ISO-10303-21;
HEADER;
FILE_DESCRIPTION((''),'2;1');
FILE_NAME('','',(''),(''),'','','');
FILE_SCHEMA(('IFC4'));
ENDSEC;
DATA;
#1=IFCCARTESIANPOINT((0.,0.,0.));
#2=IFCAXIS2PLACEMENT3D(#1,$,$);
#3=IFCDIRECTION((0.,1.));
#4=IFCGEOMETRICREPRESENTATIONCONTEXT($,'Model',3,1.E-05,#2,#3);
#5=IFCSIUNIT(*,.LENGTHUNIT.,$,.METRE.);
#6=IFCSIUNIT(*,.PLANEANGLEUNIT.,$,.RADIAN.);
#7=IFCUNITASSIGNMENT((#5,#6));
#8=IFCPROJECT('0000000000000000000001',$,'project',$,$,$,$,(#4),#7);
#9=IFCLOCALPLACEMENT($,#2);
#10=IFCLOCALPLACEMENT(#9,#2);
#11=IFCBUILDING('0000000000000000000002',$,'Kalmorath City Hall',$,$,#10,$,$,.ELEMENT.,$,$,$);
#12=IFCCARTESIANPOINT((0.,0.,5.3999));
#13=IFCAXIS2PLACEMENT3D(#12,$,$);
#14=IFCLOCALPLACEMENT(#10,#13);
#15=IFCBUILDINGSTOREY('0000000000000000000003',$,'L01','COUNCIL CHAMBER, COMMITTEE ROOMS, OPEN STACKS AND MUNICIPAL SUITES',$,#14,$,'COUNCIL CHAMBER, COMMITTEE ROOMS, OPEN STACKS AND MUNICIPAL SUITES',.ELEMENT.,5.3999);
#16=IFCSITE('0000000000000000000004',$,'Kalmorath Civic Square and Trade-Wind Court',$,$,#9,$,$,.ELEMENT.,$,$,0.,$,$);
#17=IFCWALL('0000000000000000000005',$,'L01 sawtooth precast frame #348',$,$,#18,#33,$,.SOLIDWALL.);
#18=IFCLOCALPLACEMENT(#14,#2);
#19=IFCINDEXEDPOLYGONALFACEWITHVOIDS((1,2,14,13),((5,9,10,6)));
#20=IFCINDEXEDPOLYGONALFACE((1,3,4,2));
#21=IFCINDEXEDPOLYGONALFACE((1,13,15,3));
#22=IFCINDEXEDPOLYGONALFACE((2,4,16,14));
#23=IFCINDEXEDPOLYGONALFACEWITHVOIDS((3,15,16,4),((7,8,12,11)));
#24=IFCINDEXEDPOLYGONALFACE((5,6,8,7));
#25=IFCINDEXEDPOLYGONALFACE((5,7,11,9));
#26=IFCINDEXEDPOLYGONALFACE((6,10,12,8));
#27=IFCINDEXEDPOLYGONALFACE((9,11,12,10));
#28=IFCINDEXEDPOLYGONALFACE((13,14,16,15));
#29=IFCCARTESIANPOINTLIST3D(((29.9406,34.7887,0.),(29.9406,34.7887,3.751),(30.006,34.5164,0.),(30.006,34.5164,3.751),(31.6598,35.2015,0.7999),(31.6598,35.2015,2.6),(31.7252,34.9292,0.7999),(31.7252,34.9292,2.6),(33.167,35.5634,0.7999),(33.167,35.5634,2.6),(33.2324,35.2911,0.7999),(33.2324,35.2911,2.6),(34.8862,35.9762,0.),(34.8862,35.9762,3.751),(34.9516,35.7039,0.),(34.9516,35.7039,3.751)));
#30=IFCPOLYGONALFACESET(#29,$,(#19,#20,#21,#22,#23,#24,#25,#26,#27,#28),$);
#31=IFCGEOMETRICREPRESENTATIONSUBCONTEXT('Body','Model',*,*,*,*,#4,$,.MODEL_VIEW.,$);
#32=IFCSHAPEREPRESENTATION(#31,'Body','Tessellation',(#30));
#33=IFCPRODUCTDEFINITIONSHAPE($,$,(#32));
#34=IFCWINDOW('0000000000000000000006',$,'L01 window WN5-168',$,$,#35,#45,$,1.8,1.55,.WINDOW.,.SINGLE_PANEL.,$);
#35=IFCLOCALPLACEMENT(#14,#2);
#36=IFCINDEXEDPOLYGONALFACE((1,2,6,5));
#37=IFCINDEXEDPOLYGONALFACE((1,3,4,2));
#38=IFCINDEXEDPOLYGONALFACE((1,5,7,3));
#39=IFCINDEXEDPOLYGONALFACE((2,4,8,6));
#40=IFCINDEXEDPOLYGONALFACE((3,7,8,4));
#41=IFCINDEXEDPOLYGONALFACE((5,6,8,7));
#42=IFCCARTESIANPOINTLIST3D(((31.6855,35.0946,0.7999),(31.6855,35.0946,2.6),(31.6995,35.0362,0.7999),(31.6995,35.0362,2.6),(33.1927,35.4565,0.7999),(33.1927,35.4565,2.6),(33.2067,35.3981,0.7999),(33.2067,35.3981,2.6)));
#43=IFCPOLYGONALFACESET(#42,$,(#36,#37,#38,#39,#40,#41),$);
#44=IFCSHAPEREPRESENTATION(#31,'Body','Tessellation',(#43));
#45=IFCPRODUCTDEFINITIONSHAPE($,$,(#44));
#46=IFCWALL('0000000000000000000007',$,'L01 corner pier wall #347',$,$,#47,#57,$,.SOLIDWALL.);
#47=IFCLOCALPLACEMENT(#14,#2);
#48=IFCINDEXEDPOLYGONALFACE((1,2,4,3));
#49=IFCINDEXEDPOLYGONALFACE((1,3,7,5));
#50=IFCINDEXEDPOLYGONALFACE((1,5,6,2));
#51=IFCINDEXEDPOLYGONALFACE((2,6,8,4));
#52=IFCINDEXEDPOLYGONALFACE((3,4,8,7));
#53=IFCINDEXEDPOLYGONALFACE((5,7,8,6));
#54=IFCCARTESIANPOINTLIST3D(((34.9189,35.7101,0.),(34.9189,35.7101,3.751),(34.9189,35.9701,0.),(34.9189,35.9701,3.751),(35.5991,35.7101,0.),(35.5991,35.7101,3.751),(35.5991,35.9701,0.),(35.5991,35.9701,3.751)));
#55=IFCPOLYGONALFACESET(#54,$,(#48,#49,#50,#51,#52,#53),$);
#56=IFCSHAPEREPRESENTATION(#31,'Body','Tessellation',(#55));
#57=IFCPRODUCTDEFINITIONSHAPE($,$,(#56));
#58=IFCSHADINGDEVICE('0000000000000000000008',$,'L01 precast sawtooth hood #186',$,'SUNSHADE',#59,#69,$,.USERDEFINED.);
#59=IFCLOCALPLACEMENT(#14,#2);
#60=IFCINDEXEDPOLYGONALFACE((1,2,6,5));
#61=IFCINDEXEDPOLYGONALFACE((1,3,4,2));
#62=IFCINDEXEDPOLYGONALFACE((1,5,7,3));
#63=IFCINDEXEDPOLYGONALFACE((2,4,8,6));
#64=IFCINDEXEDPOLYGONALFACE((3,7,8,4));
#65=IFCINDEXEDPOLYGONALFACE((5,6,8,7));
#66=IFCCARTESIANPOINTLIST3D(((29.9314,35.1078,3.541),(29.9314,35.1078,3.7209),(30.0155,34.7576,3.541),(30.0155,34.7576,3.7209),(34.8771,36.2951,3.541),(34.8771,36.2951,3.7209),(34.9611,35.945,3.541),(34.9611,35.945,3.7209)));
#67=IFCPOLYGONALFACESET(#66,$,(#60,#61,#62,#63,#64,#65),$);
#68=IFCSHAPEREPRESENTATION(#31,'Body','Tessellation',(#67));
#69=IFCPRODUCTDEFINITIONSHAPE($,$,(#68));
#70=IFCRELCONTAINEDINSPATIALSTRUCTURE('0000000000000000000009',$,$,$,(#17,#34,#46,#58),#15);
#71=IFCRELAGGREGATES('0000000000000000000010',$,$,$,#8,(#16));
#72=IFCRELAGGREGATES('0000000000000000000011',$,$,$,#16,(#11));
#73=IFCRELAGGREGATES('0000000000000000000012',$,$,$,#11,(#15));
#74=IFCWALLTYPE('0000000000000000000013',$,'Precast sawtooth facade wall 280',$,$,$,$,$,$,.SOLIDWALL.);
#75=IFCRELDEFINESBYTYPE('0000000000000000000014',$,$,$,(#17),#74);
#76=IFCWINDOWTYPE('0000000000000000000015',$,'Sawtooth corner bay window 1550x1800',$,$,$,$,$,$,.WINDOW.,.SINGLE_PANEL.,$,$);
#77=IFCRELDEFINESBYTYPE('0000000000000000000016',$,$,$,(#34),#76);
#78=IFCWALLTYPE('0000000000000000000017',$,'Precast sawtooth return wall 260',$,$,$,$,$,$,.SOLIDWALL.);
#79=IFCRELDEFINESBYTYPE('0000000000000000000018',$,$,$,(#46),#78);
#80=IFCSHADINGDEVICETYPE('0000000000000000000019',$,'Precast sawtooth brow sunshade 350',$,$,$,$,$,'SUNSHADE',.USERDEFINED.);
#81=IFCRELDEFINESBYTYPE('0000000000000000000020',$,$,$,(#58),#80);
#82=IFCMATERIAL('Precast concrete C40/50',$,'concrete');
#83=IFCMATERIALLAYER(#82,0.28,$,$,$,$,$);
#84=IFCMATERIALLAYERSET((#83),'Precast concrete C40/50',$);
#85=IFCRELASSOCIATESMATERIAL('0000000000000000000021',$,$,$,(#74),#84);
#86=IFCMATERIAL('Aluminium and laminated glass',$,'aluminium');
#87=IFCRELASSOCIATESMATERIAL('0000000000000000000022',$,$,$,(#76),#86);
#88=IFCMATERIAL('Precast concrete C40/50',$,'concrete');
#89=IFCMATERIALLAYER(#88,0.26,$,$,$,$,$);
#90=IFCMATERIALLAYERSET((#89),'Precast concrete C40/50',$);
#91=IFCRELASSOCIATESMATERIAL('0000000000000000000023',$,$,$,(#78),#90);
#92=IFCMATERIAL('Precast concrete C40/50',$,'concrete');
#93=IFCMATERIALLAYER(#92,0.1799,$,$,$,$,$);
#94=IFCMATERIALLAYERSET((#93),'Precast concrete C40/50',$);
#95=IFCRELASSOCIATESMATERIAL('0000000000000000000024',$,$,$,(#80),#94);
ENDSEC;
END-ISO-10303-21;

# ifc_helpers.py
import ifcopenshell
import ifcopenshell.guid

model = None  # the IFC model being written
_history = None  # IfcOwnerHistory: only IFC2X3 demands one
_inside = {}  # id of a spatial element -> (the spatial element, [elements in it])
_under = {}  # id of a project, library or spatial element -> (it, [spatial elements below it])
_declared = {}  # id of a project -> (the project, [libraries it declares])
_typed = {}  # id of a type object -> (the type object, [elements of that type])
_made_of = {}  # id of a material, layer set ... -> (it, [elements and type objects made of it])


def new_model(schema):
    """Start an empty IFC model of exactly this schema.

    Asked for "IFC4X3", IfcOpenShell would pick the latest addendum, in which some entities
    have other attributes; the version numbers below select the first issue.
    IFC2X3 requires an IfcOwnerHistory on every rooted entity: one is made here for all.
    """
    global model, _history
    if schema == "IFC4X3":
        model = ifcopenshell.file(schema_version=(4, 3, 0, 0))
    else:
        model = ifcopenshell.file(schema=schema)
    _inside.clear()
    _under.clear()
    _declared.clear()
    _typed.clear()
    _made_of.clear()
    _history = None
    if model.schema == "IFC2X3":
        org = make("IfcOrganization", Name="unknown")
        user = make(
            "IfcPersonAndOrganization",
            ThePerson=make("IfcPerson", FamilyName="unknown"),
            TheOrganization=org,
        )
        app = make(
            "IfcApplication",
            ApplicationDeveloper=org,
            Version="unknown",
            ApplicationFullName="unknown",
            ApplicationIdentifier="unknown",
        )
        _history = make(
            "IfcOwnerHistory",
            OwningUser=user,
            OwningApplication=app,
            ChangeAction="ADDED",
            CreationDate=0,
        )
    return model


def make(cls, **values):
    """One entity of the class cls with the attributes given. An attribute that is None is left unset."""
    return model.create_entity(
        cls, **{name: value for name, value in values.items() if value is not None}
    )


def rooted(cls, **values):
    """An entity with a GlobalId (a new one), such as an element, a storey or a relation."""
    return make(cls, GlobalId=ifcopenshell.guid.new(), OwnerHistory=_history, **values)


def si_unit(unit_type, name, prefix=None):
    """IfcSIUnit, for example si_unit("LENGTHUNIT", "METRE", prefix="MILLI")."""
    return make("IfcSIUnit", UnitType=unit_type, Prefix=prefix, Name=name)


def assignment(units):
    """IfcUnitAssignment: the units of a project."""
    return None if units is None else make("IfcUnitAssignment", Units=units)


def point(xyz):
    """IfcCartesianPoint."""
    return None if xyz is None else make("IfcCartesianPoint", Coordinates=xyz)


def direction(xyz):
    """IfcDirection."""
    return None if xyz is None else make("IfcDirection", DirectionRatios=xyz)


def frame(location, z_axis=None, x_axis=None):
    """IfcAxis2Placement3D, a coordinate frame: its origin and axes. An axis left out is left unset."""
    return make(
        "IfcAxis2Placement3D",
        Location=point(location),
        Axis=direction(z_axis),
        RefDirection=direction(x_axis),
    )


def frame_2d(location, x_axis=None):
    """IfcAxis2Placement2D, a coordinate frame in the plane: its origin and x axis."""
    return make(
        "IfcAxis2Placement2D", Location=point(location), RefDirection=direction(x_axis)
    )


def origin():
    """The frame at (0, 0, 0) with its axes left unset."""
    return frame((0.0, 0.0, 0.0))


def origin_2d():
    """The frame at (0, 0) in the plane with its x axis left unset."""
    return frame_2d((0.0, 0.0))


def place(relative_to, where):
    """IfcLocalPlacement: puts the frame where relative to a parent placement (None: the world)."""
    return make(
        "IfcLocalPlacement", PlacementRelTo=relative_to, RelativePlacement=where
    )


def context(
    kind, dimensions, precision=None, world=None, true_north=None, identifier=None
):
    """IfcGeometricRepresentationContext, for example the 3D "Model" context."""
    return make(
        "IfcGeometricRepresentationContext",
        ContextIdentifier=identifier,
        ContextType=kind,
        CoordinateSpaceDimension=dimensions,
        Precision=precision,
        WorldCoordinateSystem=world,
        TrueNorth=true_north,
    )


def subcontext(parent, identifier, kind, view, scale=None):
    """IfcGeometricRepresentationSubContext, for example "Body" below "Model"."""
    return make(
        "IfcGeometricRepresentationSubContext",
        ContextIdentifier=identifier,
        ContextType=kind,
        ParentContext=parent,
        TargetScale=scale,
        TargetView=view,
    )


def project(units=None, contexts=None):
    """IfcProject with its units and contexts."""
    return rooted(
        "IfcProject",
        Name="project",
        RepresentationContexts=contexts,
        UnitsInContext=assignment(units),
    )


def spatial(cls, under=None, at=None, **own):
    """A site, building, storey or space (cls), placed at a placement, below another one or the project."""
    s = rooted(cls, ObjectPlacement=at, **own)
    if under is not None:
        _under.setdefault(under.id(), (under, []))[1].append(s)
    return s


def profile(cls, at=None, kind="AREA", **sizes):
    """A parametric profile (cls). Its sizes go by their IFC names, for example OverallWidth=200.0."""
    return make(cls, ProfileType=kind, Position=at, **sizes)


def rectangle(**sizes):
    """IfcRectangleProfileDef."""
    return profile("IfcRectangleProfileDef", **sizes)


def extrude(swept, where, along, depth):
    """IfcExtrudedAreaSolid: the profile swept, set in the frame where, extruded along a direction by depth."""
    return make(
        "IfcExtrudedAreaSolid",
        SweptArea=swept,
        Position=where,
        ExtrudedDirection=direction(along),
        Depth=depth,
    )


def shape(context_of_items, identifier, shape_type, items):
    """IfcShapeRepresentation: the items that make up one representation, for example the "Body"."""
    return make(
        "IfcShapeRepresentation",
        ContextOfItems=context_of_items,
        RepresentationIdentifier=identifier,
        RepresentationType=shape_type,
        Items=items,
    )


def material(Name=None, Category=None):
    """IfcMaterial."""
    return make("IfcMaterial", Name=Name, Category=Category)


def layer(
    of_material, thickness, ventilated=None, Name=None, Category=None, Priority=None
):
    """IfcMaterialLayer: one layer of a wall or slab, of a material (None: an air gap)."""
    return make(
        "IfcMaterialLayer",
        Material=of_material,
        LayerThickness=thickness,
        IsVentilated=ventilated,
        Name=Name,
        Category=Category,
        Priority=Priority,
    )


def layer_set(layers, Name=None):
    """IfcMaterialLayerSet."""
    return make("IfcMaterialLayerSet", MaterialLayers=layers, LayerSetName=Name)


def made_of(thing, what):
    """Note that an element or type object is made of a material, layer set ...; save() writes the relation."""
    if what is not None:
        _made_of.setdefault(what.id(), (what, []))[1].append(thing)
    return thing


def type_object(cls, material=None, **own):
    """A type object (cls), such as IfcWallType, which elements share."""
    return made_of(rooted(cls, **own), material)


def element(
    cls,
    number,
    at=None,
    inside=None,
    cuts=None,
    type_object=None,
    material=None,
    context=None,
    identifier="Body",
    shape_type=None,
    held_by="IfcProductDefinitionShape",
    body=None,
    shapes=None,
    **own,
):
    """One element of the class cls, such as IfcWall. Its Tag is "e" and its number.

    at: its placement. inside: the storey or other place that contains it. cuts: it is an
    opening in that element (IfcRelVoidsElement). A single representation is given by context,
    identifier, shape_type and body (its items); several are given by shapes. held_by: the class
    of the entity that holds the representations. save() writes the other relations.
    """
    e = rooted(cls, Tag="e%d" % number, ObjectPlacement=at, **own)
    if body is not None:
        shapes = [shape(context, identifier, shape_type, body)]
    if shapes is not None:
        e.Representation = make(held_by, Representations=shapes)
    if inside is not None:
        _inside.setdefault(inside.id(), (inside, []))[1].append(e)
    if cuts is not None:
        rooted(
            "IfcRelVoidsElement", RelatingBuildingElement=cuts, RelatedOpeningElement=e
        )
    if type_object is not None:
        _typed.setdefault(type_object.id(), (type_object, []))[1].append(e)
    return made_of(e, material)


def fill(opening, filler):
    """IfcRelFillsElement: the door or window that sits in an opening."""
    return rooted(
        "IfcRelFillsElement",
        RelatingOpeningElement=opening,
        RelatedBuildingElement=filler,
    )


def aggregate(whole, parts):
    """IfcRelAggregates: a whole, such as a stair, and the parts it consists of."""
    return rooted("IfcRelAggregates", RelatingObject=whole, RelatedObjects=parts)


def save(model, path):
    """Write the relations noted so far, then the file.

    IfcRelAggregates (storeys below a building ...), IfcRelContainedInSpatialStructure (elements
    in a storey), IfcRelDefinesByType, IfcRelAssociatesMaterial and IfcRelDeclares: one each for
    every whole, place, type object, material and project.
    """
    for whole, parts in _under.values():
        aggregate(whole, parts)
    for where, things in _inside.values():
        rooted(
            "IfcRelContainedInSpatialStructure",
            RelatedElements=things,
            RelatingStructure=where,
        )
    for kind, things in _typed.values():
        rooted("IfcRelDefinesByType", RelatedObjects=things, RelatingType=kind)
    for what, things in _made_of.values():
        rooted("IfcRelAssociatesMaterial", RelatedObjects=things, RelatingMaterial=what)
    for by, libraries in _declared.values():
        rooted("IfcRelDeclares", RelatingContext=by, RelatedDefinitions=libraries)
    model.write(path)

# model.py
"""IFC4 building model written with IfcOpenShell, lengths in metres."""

from ifc_helpers import new_model, si_unit, direction, frame, frame_2d, origin, origin_2d, place, context, subcontext, project, spatial, rectangle, extrude, material, layer, layer_set, type_object, element, fill, save


model = new_model("IFC4")

# Units and contexts
model_context = context("Model", 3, precision=1e-05, world=origin(), true_north=direction((0.0, 1.0)))
body_context = subcontext(model_context, "Body", "Model", "MODEL_VIEW")
ifc_project = project(units=[si_unit("LENGTHUNIT", "METRE"), si_unit("PLANEANGLEUNIT", "RADIAN")], contexts=[model_context])

# Site, building, storey
site_placement = place(None, origin())
site = spatial("IfcSite", under=ifc_project, at=site_placement, Name="Kalmorath Civic Square and Trade-Wind Court", CompositionType="ELEMENT", RefElevation=0.0)
building_placement = place(site_placement, origin())
building = spatial("IfcBuilding", under=site, at=building_placement, Name="Kalmorath City Hall", CompositionType="ELEMENT")
storey_placement = place(building_placement, frame((0.0, 0.0, 5.3999)))
storey = spatial("IfcBuildingStorey", under=building, at=storey_placement, Name="L01", Description="COUNCIL CHAMBER, COMMITTEE ROOMS, OPEN STACKS AND MUNICIPAL SUITES", LongName="COUNCIL CHAMBER, COMMITTEE ROOMS, OPEN STACKS AND MUNICIPAL SUITES", CompositionType="ELEMENT", Elevation=5.3999)

# Wall, opening, window
ifc_material_1 = material(Name="Precast concrete C40/50", Category="concrete")
ifc_layer_1 = layer(ifc_material_1, 0.28)
ifc_layer_set_1 = layer_set([ifc_layer_1], Name="Precast concrete C40/50")
wall_type_1 = type_object("IfcWallType", Name="Precast sawtooth facade wall 280", PredefinedType="SOLIDWALL", material=ifc_layer_set_1)
wall_1_placement = place(storey_placement, frame((29.9734, 34.6526, 0.0), z_axis=(0.0, 0.0, 1.0), x_axis=(0.972362, 0.233478, 0.0)))
wall_1 = element("IfcWall", 1, at=wall_1_placement, inside=storey, type_object=wall_type_1, Name="L01 sawtooth precast frame #348", PredefinedType="SOLIDWALL", context=body_context, shape_type="SweptSolid", body=[
    extrude(rectangle(XDim=5.0862, YDim=0.28, at=frame_2d((2.543, 0.0))), origin(), (0.0, 0.0, 1.0), 3.751),
])
opening_placement = place(wall_1_placement, frame((1.7681, 0.0, 0.8)))
opening = element("IfcOpeningElement", 2, at=opening_placement, cuts=wall_1, PredefinedType="OPENING", context=body_context, shape_type="SweptSolid", body=[
    extrude(rectangle(XDim=1.55, YDim=1.8, at=frame_2d((0.7749, 0.8999))), frame((0.0, 0.1499, 0.0), z_axis=(0.0, -1.0, 0.0), x_axis=(1.0, 0.0, 0.0)), (0.0, 0.0, 1.0), 0.3),
])
ifc_material_2 = material(Name="Aluminium and laminated glass", Category="aluminium")
window_type = type_object("IfcWindowType", Name="Sawtooth corner bay window 1550x1800", PartitioningType="SINGLE_PANEL", PredefinedType="WINDOW", material=ifc_material_2)
window_placement = place(opening_placement, origin())
window = element("IfcWindow", 3, at=window_placement, inside=storey, type_object=window_type, Name="L01 window WN5-168", OverallHeight=1.8, OverallWidth=1.55, PartitioningType="SINGLE_PANEL", PredefinedType="WINDOW", context=body_context, shape_type="SweptSolid", body=[
    extrude(rectangle(XDim=1.55, YDim=1.8, at=frame_2d((0.7749, 0.8999))), frame((0.0, 0.03, 0.0), z_axis=(0.0, -1.0, 0.0), x_axis=(1.0, 0.0, 0.0)), (0.0, 0.0, 1.0), 0.0601),
])
fill(opening, window)

# Wall
ifc_material_3 = material(Name="Precast concrete C40/50", Category="concrete")
ifc_layer_2 = layer(ifc_material_3, 0.26)
ifc_layer_set_2 = layer_set([ifc_layer_2], Name="Precast concrete C40/50")
wall_type_2 = type_object("IfcWallType", Name="Precast sawtooth return wall 260", PredefinedType="SOLIDWALL", material=ifc_layer_set_2)
wall_2_placement = place(storey_placement, frame((34.9189, 35.8401, 0.0), z_axis=(0.0, 0.0, 1.0), x_axis=(1.0, 0.0, 0.0)))
element("IfcWall", 4, at=wall_2_placement, inside=storey, type_object=wall_type_2, Name="L01 corner pier wall #347", PredefinedType="SOLIDWALL", context=body_context, shape_type="SweptSolid", body=[
    extrude(rectangle(XDim=0.6802, YDim=0.26, at=frame_2d((0.3401, 0.0))), origin(), (0.0, 0.0, 1.0), 3.751),
])

# Shading device
ifc_material_4 = material(Name="Precast concrete C40/50", Category="concrete")
ifc_layer_3 = layer(ifc_material_4, 0.1799)
ifc_layer_set_3 = layer_set([ifc_layer_3], Name="Precast concrete C40/50")
shading_device_type = type_object("IfcShadingDeviceType", Name="Precast sawtooth brow sunshade 350", ElementType="SUNSHADE", PredefinedType="USERDEFINED", material=ifc_layer_set_3)
shading_device_placement = place(storey_placement, frame((32.4463, 35.5264, 3.541), z_axis=(0.0, 0.0, 1.0), x_axis=(0.97237, 0.233445, 0.0)))
element("IfcShadingDevice", 5, at=shading_device_placement, inside=storey, type_object=shading_device_type, Name="L01 precast sawtooth hood #186", ObjectType="SUNSHADE", PredefinedType="USERDEFINED", context=body_context, shape_type="SweptSolid", body=[
    extrude(rectangle(XDim=5.0862, YDim=0.3601, at=origin_2d()), origin(), (0.0, 0.0, 1.0), 0.1799),
])

save(model, "model.ifc")
